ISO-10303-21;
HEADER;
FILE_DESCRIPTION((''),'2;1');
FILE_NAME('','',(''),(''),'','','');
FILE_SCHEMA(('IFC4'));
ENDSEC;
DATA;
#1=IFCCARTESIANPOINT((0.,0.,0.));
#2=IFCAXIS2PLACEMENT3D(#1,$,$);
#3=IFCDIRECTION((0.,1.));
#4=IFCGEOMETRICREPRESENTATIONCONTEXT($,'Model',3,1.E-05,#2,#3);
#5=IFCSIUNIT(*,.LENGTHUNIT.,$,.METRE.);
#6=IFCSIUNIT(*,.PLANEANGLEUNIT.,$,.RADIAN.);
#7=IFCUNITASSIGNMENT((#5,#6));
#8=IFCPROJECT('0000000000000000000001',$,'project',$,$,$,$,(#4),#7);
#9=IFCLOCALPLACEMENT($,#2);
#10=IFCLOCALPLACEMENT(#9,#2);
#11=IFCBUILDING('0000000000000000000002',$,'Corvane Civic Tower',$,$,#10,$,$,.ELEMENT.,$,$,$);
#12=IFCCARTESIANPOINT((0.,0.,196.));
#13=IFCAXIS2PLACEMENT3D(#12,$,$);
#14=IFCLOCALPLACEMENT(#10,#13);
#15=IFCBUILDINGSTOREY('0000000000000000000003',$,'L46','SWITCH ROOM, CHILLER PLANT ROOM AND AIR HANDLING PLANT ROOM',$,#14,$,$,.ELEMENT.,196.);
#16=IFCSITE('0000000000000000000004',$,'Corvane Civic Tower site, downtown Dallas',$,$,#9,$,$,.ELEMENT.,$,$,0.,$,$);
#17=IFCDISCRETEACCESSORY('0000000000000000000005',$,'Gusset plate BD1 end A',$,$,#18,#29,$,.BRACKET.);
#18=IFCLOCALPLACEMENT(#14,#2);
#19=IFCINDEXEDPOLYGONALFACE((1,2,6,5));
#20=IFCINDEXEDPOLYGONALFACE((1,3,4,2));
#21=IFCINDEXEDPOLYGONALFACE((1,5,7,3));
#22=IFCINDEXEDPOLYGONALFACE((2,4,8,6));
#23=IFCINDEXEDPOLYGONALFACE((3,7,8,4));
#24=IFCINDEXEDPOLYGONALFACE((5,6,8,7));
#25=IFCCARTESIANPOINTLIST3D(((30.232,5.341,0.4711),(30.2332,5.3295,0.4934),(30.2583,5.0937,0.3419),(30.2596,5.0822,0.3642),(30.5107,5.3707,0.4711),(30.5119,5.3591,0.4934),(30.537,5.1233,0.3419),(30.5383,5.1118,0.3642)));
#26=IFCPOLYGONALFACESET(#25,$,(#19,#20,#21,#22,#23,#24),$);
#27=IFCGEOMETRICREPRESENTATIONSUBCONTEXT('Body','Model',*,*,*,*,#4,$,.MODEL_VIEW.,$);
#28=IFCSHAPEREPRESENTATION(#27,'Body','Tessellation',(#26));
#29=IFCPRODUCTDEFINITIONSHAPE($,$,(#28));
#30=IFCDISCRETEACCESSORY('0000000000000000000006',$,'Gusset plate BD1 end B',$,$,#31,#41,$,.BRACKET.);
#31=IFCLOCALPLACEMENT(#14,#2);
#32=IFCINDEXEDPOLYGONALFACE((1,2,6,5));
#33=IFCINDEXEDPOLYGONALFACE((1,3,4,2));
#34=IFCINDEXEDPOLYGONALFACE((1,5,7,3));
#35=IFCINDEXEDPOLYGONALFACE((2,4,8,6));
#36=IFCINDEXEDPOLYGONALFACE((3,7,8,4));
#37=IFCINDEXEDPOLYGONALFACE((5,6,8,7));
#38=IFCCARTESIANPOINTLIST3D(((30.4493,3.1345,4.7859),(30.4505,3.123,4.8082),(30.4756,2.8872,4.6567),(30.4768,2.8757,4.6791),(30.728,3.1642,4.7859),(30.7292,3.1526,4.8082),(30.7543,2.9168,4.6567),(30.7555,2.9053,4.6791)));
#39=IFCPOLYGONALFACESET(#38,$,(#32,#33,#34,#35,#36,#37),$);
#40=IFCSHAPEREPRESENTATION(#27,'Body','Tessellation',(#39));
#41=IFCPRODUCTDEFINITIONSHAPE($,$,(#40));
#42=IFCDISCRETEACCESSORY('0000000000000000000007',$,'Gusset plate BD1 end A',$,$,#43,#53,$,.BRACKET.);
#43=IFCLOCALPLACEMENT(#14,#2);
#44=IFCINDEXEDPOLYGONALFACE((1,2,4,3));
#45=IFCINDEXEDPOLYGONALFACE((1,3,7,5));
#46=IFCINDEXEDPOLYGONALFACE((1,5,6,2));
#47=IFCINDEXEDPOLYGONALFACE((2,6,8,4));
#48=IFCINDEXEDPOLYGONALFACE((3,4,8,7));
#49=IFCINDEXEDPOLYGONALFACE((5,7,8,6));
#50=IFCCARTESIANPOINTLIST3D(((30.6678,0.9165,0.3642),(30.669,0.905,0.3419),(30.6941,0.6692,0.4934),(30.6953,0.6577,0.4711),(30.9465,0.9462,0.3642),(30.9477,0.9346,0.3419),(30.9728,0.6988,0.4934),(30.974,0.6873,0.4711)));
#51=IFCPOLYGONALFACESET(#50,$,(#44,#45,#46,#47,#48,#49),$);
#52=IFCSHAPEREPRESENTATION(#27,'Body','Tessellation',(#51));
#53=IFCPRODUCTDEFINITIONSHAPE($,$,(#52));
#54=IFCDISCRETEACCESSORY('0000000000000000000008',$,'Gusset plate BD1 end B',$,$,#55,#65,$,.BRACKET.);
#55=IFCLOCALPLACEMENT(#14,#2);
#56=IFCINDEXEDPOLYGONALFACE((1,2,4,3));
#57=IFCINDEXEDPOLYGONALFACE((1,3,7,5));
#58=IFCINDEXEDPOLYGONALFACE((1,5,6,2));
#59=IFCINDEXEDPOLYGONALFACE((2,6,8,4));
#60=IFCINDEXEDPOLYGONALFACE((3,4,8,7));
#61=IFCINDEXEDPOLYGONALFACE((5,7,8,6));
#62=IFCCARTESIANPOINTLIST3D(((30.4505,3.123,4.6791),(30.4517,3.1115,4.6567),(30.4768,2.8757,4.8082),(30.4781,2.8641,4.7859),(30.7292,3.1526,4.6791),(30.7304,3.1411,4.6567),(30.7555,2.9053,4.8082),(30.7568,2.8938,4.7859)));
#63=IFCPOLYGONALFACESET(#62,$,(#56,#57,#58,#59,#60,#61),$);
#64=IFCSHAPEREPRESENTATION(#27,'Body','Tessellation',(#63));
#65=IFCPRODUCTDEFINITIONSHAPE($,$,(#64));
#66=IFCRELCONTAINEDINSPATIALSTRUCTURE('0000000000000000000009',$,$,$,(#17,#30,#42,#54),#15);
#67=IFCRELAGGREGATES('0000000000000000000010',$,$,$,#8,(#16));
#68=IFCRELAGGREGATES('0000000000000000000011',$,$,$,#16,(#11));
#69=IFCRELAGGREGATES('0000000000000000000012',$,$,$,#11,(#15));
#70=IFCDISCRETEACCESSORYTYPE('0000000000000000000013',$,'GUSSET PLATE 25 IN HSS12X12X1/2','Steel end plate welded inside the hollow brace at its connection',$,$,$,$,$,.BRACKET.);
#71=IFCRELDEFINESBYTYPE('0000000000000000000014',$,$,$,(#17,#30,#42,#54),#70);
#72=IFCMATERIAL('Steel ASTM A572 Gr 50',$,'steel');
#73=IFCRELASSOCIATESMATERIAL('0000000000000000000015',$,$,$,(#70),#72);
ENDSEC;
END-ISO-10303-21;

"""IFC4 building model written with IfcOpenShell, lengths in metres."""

from ifc_helpers import new_model, si_unit, direction, frame, origin, origin_2d, place, context, subcontext, project, spatial, rectangle, extrude, material, material_profile, profile_set, type_object, element, save


model = new_model("IFC4")

# Units and contexts
model_context = context("Model", 3, precision=1e-05, world=origin(), true_north=direction((0.0, 1.0)))
body_context = subcontext(model_context, "Body", "Model", "MODEL_VIEW")
ifc_project = project(units=[si_unit("LENGTHUNIT", "METRE"), si_unit("PLANEANGLEUNIT", "RADIAN")], contexts=[model_context])

# Site, building, storey
site_placement = place(None, origin())
site = spatial("IfcSite", under=ifc_project, at=site_placement, Name="Corvane Civic Tower site, downtown Dallas", CompositionType="ELEMENT", RefElevation=0.0)
building_placement = place(site_placement, origin())
building = spatial("IfcBuilding", under=site, at=building_placement, Name="Corvane Civic Tower", CompositionType="ELEMENT")
storey_placement = place(building_placement, frame((0.0, 0.0, 196.0)))
storey = spatial("IfcBuildingStorey", under=building, at=storey_placement, Name="L46", Description="SWITCH ROOM, CHILLER PLANT ROOM AND AIR HANDLING PLANT ROOM", CompositionType="ELEMENT", Elevation=196.0)

# Discrete accessories
ifc_material_1 = material(Name="Steel ASTM A572 Gr 50", Category="steel")
ifc_material_profile_1 = material_profile(ifc_material_1, rectangle(XDim=0.2803, YDim=0.2803, at=origin_2d()), Name="GUSSET PLATE 25 IN HSS12X12X1/2")
ifc_profile_set_1 = profile_set([ifc_material_profile_1], Name="Steel ASTM A572 Gr 50")
discrete_accessory_type = type_object("IfcDiscreteAccessoryType", Name="GUSSET PLATE 25 IN HSS12X12X1/2", Description="Steel end plate welded inside the hollow brace at its connection", PredefinedType="BRACKET", material=ifc_profile_set_1)
for number, where, z_axis, x_axis, name in (
    (1, (30.3845, 5.2322, 0.4065), (0.04876, -0.458346, 0.887435), (0.994389, 0.105786, 0.0), "Gusset plate BD1 end A"),
    (2, (30.603, 3.0142, 4.7437), (-0.04876, 0.458346, -0.887435), (-0.994389, -0.105786, 0.0), "Gusset plate BD1 end B"),
    (3, (30.8215, 0.7961, 0.4065), (-0.04876, 0.458346, 0.887435), (-0.994389, -0.105786, 0.0), "Gusset plate BD1 end A"),
    (4, (30.603, 3.0142, 4.7437), (0.04876, -0.458346, -0.887435), (0.994389, 0.105786, 0.0), "Gusset plate BD1 end B"),
):
    element("IfcDiscreteAccessory", number, at=place(storey_placement, frame(where, z_axis=z_axis, x_axis=x_axis)), inside=storey, type_object=discrete_accessory_type, Name=name, PredefinedType="BRACKET", context=body_context, shape_type="SweptSolid", body=[
        extrude(rectangle(XDim=0.2803, YDim=0.2803, at=origin_2d()), origin(), (0.0, 0.0, 1.0), 0.0251),
    ])

save(model, "model.ifc")
